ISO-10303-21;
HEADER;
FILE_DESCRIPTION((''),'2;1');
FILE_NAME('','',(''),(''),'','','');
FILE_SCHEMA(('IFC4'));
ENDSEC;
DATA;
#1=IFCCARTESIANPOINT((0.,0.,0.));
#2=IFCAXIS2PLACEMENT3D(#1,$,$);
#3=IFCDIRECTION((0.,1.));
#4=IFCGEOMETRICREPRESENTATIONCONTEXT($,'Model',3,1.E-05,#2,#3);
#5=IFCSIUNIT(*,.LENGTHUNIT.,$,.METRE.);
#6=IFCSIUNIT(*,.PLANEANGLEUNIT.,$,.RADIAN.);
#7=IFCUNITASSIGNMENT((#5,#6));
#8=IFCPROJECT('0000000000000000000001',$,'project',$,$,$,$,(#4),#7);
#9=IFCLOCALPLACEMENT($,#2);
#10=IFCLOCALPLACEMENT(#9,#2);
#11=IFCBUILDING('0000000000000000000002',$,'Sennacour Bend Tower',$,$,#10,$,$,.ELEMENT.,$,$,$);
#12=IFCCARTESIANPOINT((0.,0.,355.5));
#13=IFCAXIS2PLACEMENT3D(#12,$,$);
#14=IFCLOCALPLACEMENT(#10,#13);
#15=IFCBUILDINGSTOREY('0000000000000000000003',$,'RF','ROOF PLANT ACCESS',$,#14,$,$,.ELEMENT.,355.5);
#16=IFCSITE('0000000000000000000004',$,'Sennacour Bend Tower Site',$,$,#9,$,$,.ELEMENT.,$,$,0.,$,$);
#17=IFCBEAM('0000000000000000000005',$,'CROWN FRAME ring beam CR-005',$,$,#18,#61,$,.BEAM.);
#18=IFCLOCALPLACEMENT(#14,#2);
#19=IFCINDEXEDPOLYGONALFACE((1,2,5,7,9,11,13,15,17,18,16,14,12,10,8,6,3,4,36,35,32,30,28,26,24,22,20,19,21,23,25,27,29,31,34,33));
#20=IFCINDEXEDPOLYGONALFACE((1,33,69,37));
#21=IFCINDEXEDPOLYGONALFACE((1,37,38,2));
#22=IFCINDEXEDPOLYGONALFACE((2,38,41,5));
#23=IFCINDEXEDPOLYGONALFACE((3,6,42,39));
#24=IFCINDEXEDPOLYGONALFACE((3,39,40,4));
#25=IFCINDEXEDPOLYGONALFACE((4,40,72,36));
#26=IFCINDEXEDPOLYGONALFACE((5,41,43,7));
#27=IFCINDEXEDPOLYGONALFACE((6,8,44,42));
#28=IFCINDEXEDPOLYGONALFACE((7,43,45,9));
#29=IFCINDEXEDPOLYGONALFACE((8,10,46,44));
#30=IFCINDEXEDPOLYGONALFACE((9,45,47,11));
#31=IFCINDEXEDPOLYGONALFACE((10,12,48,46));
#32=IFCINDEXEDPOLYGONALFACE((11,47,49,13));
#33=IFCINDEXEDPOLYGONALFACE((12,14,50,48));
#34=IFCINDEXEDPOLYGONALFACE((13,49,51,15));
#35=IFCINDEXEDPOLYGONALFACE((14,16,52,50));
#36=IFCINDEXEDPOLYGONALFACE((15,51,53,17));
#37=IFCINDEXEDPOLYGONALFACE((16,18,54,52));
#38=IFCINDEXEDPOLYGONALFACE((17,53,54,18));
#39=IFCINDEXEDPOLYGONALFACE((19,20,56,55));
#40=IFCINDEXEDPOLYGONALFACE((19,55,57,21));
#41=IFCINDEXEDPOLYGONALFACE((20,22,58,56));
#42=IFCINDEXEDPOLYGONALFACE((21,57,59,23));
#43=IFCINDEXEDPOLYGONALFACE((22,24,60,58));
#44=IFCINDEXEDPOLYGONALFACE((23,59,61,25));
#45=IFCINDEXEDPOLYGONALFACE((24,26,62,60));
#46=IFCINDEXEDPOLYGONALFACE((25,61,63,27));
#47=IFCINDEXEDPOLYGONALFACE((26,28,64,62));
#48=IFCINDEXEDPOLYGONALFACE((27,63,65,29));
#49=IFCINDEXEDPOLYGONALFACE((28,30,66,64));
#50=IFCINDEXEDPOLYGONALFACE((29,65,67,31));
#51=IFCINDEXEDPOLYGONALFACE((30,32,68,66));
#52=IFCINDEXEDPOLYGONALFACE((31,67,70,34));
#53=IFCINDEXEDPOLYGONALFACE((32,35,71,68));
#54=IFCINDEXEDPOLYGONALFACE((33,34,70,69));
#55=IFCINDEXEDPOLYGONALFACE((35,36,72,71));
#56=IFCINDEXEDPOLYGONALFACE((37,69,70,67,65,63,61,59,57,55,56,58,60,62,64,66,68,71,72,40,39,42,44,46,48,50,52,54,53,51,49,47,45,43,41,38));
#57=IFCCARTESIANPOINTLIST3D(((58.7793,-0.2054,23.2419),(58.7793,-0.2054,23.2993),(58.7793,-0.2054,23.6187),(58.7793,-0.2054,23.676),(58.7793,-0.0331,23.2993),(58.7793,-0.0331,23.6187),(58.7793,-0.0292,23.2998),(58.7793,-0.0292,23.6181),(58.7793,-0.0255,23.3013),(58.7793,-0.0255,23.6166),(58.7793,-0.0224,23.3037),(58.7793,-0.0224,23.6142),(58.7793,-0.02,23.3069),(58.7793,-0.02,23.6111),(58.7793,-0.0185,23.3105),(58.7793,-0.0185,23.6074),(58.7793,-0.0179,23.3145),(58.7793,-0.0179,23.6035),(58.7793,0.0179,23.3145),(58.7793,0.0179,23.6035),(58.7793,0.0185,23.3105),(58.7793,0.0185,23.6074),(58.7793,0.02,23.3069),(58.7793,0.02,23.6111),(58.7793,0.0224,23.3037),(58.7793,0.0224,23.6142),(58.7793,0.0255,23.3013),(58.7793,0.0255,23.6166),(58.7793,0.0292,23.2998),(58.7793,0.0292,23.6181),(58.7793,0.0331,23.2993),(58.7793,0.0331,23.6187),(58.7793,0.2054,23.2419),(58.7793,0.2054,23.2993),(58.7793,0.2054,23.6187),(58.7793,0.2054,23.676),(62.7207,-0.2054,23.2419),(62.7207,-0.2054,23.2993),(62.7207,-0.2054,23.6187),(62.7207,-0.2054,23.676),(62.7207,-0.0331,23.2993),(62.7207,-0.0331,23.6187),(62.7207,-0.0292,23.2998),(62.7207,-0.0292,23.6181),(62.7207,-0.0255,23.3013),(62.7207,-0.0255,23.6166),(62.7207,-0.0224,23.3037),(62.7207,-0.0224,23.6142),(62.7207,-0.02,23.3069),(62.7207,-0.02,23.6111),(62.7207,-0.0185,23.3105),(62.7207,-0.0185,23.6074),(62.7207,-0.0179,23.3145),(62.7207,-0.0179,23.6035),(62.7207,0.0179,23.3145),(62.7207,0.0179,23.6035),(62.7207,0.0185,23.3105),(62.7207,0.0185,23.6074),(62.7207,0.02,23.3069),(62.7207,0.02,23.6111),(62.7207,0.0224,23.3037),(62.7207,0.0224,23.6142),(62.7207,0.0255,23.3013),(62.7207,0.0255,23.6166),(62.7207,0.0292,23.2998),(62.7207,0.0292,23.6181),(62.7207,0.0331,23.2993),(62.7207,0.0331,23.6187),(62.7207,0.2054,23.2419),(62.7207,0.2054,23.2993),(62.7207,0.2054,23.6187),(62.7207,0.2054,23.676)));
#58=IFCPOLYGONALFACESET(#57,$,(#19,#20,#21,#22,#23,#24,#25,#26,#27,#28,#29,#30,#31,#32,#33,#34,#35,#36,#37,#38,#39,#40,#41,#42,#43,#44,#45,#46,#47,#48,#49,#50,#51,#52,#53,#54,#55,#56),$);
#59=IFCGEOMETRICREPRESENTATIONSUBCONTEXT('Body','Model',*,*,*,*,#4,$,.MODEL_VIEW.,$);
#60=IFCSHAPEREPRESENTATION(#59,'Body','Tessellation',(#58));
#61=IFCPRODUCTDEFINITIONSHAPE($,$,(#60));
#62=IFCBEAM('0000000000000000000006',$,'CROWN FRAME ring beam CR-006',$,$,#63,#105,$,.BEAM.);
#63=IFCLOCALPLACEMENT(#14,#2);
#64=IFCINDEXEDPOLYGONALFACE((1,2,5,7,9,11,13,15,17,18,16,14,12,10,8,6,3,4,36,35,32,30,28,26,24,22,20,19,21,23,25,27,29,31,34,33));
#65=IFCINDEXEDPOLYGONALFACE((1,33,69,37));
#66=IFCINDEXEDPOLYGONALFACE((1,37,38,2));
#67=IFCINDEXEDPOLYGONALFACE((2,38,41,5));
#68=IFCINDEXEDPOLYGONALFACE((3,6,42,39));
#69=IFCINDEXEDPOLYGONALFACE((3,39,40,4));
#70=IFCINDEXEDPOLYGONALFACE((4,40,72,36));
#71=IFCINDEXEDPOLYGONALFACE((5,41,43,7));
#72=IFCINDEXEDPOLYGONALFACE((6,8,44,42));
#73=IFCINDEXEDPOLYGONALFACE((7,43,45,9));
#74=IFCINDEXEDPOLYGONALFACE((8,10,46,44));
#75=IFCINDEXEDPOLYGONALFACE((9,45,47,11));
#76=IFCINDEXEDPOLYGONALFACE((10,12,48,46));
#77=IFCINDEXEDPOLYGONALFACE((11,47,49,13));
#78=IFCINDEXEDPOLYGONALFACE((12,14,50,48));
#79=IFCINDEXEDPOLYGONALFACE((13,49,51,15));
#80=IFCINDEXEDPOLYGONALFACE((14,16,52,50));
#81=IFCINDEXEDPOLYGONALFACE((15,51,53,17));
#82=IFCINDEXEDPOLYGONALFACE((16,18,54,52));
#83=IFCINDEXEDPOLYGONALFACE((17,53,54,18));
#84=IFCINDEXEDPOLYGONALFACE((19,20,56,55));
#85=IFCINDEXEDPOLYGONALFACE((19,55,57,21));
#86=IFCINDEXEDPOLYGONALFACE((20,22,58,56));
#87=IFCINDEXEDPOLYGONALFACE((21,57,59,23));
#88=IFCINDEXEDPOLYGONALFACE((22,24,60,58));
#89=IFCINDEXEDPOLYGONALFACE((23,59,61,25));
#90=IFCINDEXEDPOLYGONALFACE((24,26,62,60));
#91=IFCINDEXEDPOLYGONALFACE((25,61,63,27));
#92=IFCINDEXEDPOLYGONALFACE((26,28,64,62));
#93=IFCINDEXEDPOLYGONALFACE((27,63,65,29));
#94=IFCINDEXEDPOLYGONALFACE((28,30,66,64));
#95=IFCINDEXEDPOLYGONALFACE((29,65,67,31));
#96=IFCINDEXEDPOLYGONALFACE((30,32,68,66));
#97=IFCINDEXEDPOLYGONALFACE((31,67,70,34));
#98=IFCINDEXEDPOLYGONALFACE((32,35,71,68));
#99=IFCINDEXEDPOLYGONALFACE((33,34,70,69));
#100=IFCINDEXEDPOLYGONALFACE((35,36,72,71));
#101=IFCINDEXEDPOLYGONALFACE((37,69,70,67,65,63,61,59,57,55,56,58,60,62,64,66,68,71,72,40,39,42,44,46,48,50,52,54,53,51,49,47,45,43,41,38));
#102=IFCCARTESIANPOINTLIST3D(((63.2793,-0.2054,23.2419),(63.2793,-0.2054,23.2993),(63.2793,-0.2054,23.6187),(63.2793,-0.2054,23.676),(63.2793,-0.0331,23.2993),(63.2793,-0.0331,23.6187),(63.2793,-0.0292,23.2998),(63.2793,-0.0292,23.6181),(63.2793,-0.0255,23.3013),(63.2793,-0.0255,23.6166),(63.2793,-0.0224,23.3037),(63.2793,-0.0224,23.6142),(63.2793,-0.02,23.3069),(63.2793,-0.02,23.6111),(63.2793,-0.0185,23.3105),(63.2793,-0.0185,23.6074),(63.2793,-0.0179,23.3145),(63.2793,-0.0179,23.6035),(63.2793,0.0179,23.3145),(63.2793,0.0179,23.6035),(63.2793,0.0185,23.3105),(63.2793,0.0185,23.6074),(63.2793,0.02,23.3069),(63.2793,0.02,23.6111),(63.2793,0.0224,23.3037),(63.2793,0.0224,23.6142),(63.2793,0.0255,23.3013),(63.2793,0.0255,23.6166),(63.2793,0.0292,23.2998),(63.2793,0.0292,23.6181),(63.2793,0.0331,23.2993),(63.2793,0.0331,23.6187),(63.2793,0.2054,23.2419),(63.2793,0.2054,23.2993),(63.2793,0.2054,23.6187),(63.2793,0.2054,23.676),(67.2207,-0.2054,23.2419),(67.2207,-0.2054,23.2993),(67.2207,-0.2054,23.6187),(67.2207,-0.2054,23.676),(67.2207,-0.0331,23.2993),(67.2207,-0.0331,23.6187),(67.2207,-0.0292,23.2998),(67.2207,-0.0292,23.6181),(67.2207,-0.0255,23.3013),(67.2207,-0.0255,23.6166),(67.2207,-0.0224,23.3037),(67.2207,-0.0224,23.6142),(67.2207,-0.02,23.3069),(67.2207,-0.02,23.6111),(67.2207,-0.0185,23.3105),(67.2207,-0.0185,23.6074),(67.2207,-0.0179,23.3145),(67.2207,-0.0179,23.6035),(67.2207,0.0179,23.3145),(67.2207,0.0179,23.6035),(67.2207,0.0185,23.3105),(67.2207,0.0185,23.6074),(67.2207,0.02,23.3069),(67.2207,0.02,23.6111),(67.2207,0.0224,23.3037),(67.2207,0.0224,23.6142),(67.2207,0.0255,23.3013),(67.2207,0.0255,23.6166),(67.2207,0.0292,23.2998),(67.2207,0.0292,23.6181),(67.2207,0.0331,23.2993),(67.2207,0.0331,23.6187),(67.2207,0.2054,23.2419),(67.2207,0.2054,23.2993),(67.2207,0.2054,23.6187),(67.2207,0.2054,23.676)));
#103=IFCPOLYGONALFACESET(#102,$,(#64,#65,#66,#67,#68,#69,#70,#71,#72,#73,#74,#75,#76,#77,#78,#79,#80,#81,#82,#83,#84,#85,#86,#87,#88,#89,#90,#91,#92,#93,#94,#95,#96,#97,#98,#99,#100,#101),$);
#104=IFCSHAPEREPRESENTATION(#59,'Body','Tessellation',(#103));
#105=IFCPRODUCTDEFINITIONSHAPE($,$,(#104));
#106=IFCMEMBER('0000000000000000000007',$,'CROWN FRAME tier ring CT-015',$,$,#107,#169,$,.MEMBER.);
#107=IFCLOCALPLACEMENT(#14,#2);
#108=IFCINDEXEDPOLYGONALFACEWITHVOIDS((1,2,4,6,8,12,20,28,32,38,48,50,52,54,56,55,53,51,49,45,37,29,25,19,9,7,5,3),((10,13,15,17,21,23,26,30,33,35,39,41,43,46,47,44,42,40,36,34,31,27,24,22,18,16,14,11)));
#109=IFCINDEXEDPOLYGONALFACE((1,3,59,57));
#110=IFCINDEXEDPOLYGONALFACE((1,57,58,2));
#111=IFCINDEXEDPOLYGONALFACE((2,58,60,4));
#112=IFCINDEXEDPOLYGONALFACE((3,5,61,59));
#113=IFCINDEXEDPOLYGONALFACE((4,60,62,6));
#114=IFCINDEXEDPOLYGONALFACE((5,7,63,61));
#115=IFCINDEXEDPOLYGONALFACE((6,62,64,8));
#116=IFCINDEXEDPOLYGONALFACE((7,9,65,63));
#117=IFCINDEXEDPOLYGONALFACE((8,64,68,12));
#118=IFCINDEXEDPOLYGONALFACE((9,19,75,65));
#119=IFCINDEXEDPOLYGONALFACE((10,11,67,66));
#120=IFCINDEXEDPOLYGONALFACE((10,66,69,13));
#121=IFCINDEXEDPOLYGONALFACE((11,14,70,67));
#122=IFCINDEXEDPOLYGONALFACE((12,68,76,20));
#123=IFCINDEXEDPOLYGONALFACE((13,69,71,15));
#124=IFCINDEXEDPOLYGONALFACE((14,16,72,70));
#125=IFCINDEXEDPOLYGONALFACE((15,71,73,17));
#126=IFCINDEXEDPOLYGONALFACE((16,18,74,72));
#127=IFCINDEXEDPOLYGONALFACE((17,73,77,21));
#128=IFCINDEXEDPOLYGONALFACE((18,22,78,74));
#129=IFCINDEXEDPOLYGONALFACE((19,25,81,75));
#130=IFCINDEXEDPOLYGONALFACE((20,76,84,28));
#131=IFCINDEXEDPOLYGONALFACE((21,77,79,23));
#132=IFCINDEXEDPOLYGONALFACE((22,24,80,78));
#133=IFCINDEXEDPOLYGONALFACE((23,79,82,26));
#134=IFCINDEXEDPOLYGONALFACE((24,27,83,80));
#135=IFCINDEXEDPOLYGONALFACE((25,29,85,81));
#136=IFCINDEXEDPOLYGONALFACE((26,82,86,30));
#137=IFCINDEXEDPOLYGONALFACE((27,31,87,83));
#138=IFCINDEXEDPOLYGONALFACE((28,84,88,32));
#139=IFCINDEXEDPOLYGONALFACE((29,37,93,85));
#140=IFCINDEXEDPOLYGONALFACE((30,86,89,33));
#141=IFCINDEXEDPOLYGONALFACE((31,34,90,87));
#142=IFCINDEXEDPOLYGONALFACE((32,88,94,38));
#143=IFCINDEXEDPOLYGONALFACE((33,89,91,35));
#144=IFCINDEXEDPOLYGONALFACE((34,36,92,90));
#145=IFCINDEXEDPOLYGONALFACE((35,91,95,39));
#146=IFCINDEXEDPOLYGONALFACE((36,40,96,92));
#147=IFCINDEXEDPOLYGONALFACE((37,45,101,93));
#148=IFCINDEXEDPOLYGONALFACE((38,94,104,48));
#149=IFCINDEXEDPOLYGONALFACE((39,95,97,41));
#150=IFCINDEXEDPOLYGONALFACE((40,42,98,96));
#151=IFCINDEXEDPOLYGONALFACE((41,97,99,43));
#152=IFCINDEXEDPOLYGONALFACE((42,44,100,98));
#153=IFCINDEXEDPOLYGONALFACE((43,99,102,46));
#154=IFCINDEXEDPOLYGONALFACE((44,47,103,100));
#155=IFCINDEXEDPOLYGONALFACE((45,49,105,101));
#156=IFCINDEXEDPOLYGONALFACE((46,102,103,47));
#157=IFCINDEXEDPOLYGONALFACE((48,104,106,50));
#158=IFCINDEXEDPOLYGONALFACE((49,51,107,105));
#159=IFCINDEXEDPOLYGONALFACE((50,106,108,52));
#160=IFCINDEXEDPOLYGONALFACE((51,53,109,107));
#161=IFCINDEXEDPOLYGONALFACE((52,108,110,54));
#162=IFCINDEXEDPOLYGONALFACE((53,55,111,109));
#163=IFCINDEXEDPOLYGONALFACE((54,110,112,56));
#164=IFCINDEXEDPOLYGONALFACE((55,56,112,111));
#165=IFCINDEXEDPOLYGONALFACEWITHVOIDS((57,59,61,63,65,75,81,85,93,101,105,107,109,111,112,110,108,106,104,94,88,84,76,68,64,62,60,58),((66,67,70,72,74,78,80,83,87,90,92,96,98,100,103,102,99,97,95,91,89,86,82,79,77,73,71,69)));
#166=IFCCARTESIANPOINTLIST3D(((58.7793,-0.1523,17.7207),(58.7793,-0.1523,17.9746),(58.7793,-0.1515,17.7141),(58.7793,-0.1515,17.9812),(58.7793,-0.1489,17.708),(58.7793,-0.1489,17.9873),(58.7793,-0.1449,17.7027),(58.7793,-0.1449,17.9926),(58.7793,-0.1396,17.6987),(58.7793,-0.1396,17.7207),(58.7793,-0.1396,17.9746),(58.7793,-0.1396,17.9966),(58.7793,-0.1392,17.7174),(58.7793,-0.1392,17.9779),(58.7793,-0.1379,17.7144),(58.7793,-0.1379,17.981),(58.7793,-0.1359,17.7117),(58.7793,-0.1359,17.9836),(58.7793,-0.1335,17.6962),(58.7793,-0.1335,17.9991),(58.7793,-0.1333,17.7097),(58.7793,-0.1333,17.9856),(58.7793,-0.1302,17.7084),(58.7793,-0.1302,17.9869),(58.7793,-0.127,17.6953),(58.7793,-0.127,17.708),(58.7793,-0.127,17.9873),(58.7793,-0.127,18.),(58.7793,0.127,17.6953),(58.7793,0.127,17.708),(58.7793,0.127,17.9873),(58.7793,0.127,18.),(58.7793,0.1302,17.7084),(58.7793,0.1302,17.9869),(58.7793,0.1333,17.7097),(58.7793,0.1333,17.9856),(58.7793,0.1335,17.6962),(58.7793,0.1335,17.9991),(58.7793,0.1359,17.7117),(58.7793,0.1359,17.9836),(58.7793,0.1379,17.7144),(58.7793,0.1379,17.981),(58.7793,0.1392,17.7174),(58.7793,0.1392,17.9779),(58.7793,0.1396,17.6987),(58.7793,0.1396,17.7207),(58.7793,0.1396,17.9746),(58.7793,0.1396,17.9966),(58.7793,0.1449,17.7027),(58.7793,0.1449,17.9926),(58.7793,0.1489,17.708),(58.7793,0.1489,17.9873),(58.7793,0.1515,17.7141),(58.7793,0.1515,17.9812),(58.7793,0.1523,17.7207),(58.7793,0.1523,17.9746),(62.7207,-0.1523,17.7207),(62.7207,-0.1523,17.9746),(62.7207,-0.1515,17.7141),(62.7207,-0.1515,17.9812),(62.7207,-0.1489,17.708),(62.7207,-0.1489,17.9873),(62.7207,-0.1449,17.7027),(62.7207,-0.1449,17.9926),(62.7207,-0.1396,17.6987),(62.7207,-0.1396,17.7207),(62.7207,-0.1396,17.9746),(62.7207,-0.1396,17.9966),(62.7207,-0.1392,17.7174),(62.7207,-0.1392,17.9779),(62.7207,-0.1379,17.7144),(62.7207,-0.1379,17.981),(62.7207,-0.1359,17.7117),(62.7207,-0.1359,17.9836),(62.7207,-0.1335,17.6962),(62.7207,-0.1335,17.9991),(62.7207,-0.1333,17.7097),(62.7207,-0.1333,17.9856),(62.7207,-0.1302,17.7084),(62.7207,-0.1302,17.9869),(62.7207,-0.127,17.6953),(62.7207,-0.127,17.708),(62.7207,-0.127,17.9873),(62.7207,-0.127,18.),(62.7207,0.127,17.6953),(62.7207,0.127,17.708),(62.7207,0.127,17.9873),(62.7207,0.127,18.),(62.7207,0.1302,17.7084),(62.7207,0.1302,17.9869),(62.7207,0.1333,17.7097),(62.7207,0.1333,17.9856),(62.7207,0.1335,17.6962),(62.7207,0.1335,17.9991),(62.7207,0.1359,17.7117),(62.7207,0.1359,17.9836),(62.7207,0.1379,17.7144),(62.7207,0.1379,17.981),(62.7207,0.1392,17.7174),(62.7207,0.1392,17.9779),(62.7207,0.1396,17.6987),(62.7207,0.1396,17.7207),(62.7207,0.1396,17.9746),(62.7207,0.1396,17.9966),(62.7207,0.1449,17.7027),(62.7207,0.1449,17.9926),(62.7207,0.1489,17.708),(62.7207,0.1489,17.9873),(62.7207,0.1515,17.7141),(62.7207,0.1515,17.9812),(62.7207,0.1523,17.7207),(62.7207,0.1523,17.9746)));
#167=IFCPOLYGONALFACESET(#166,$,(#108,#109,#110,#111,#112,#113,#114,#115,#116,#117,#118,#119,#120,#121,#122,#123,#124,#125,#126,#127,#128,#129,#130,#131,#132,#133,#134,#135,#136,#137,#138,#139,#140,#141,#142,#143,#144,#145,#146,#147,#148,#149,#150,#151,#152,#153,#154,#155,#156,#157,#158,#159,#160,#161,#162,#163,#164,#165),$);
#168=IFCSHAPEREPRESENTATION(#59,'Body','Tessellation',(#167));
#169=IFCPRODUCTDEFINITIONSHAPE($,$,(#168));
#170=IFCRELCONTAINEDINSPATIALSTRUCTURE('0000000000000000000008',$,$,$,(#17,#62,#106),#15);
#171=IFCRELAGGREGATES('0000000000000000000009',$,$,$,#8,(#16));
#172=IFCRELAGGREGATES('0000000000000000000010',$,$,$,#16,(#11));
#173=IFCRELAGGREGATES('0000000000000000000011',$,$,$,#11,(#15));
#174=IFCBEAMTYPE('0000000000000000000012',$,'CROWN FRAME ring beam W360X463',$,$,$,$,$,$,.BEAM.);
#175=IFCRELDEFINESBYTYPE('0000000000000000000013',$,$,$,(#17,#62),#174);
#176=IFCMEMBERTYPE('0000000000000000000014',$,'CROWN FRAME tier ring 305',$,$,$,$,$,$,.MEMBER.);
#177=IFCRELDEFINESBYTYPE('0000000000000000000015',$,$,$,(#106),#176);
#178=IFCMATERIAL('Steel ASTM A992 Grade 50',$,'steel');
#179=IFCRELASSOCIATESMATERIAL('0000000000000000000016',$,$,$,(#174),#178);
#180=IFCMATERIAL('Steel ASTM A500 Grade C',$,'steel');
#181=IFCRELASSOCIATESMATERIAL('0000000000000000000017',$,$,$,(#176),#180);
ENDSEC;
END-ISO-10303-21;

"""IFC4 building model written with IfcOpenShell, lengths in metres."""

from ifc_helpers import new_model, si_unit, direction, frame, origin, origin_2d, place, context, subcontext, project, spatial, hollow_rectangle, i_section, extrude, material, material_profile, profile_set, type_object, element, save


model = new_model("IFC4")

# Units and contexts
model_context = context("Model", 3, precision=1e-05, world=origin(), true_north=direction((0.0, 1.0)))
body_context = subcontext(model_context, "Body", "Model", "MODEL_VIEW")
ifc_project = project(units=[si_unit("LENGTHUNIT", "METRE"), si_unit("PLANEANGLEUNIT", "RADIAN")], contexts=[model_context])

# Site, building, storey
site_placement = place(None, origin())
site = spatial("IfcSite", under=ifc_project, at=site_placement, Name="Sennacour Bend Tower Site", CompositionType="ELEMENT", RefElevation=0.0)
building_placement = place(site_placement, origin())
building = spatial("IfcBuilding", under=site, at=building_placement, Name="Sennacour Bend Tower", CompositionType="ELEMENT")
storey_placement = place(building_placement, frame((0.0, 0.0, 355.5)))
storey = spatial("IfcBuildingStorey", under=building, at=storey_placement, Name="RF", Description="ROOF PLANT ACCESS", CompositionType="ELEMENT", Elevation=355.5)

# Shared definitions
ifc_material_1 = material(Name="Steel ASTM A500 Grade C", Category="steel")

# Beams
ifc_material_2 = material(Name="Steel ASTM A992 Grade 50", Category="steel")
ifc_material_profile_1 = material_profile(ifc_material_2, i_section(OverallWidth=0.4109, OverallDepth=0.4341, WebThickness=0.0359, FlangeThickness=0.0574, FilletRadius=0.0151, at=origin_2d()), Name="Steel ASTM A992 Grade 50", Category="steel")
ifc_profile_set_1 = profile_set([ifc_material_profile_1], Name="Steel ASTM A992 Grade 50")
beam_type = type_object("IfcBeamType", Name="CROWN FRAME ring beam W360X463", PredefinedType="BEAM", material=ifc_profile_set_1)
for number, where, z_axis, x_axis, name in (
    (1, (58.7793, 0.0, 23.459), (1.0, 0.0, 0.0), (0.0, 1.0, 0.0), "CROWN FRAME ring beam CR-005"),
    (2, (63.2793, 0.0, 23.459), (1.0, 0.0, 0.0), (0.0, 1.0, 0.0), "CROWN FRAME ring beam CR-006"),
):
    element("IfcBeam", number, at=place(storey_placement, frame(where, z_axis=z_axis, x_axis=x_axis)), inside=storey, type_object=beam_type, Name=name, PredefinedType="BEAM", context=body_context, shape_type="SweptSolid", body=[
        extrude(i_section(OverallWidth=0.4109, OverallDepth=0.4341, WebThickness=0.0359, FlangeThickness=0.0574, FilletRadius=0.0151, at=origin_2d()), origin(), (0.0, 0.0, 1.0), 3.9414),
    ])

# Member
ifc_material_profile_2 = material_profile(ifc_material_1, hollow_rectangle(XDim=0.3047, YDim=0.3047, WallThickness=0.0127, InnerFilletRadius=0.0127, OuterFilletRadius=0.0254, at=origin_2d()), Name="Steel ASTM A500 Grade C", Category="steel")
ifc_profile_set_2 = profile_set([ifc_material_profile_2], Name="Steel ASTM A500 Grade C")
member_type_1 = type_object("IfcMemberType", Name="CROWN FRAME tier ring 305", PredefinedType="MEMBER", material=ifc_profile_set_2)
for number, where, z_axis, x_axis, name in (
    (3, (58.7793, 0.0, 17.8477), (1.0, 0.0, 0.0), (0.0, 1.0, 0.0), "CROWN FRAME tier ring CT-015"),
):
    element("IfcMember", number, at=place(storey_placement, frame(where, z_axis=z_axis, x_axis=x_axis)), inside=storey, type_object=member_type_1, Name=name, PredefinedType="MEMBER", context=body_context, shape_type="SweptSolid", body=[
        extrude(hollow_rectangle(XDim=0.3047, YDim=0.3047, WallThickness=0.0127, InnerFilletRadius=0.0127, OuterFilletRadius=0.0254, at=origin_2d()), origin(), (0.0, 0.0, 1.0), 3.9414),
    ])

save(model, "model.ifc")
